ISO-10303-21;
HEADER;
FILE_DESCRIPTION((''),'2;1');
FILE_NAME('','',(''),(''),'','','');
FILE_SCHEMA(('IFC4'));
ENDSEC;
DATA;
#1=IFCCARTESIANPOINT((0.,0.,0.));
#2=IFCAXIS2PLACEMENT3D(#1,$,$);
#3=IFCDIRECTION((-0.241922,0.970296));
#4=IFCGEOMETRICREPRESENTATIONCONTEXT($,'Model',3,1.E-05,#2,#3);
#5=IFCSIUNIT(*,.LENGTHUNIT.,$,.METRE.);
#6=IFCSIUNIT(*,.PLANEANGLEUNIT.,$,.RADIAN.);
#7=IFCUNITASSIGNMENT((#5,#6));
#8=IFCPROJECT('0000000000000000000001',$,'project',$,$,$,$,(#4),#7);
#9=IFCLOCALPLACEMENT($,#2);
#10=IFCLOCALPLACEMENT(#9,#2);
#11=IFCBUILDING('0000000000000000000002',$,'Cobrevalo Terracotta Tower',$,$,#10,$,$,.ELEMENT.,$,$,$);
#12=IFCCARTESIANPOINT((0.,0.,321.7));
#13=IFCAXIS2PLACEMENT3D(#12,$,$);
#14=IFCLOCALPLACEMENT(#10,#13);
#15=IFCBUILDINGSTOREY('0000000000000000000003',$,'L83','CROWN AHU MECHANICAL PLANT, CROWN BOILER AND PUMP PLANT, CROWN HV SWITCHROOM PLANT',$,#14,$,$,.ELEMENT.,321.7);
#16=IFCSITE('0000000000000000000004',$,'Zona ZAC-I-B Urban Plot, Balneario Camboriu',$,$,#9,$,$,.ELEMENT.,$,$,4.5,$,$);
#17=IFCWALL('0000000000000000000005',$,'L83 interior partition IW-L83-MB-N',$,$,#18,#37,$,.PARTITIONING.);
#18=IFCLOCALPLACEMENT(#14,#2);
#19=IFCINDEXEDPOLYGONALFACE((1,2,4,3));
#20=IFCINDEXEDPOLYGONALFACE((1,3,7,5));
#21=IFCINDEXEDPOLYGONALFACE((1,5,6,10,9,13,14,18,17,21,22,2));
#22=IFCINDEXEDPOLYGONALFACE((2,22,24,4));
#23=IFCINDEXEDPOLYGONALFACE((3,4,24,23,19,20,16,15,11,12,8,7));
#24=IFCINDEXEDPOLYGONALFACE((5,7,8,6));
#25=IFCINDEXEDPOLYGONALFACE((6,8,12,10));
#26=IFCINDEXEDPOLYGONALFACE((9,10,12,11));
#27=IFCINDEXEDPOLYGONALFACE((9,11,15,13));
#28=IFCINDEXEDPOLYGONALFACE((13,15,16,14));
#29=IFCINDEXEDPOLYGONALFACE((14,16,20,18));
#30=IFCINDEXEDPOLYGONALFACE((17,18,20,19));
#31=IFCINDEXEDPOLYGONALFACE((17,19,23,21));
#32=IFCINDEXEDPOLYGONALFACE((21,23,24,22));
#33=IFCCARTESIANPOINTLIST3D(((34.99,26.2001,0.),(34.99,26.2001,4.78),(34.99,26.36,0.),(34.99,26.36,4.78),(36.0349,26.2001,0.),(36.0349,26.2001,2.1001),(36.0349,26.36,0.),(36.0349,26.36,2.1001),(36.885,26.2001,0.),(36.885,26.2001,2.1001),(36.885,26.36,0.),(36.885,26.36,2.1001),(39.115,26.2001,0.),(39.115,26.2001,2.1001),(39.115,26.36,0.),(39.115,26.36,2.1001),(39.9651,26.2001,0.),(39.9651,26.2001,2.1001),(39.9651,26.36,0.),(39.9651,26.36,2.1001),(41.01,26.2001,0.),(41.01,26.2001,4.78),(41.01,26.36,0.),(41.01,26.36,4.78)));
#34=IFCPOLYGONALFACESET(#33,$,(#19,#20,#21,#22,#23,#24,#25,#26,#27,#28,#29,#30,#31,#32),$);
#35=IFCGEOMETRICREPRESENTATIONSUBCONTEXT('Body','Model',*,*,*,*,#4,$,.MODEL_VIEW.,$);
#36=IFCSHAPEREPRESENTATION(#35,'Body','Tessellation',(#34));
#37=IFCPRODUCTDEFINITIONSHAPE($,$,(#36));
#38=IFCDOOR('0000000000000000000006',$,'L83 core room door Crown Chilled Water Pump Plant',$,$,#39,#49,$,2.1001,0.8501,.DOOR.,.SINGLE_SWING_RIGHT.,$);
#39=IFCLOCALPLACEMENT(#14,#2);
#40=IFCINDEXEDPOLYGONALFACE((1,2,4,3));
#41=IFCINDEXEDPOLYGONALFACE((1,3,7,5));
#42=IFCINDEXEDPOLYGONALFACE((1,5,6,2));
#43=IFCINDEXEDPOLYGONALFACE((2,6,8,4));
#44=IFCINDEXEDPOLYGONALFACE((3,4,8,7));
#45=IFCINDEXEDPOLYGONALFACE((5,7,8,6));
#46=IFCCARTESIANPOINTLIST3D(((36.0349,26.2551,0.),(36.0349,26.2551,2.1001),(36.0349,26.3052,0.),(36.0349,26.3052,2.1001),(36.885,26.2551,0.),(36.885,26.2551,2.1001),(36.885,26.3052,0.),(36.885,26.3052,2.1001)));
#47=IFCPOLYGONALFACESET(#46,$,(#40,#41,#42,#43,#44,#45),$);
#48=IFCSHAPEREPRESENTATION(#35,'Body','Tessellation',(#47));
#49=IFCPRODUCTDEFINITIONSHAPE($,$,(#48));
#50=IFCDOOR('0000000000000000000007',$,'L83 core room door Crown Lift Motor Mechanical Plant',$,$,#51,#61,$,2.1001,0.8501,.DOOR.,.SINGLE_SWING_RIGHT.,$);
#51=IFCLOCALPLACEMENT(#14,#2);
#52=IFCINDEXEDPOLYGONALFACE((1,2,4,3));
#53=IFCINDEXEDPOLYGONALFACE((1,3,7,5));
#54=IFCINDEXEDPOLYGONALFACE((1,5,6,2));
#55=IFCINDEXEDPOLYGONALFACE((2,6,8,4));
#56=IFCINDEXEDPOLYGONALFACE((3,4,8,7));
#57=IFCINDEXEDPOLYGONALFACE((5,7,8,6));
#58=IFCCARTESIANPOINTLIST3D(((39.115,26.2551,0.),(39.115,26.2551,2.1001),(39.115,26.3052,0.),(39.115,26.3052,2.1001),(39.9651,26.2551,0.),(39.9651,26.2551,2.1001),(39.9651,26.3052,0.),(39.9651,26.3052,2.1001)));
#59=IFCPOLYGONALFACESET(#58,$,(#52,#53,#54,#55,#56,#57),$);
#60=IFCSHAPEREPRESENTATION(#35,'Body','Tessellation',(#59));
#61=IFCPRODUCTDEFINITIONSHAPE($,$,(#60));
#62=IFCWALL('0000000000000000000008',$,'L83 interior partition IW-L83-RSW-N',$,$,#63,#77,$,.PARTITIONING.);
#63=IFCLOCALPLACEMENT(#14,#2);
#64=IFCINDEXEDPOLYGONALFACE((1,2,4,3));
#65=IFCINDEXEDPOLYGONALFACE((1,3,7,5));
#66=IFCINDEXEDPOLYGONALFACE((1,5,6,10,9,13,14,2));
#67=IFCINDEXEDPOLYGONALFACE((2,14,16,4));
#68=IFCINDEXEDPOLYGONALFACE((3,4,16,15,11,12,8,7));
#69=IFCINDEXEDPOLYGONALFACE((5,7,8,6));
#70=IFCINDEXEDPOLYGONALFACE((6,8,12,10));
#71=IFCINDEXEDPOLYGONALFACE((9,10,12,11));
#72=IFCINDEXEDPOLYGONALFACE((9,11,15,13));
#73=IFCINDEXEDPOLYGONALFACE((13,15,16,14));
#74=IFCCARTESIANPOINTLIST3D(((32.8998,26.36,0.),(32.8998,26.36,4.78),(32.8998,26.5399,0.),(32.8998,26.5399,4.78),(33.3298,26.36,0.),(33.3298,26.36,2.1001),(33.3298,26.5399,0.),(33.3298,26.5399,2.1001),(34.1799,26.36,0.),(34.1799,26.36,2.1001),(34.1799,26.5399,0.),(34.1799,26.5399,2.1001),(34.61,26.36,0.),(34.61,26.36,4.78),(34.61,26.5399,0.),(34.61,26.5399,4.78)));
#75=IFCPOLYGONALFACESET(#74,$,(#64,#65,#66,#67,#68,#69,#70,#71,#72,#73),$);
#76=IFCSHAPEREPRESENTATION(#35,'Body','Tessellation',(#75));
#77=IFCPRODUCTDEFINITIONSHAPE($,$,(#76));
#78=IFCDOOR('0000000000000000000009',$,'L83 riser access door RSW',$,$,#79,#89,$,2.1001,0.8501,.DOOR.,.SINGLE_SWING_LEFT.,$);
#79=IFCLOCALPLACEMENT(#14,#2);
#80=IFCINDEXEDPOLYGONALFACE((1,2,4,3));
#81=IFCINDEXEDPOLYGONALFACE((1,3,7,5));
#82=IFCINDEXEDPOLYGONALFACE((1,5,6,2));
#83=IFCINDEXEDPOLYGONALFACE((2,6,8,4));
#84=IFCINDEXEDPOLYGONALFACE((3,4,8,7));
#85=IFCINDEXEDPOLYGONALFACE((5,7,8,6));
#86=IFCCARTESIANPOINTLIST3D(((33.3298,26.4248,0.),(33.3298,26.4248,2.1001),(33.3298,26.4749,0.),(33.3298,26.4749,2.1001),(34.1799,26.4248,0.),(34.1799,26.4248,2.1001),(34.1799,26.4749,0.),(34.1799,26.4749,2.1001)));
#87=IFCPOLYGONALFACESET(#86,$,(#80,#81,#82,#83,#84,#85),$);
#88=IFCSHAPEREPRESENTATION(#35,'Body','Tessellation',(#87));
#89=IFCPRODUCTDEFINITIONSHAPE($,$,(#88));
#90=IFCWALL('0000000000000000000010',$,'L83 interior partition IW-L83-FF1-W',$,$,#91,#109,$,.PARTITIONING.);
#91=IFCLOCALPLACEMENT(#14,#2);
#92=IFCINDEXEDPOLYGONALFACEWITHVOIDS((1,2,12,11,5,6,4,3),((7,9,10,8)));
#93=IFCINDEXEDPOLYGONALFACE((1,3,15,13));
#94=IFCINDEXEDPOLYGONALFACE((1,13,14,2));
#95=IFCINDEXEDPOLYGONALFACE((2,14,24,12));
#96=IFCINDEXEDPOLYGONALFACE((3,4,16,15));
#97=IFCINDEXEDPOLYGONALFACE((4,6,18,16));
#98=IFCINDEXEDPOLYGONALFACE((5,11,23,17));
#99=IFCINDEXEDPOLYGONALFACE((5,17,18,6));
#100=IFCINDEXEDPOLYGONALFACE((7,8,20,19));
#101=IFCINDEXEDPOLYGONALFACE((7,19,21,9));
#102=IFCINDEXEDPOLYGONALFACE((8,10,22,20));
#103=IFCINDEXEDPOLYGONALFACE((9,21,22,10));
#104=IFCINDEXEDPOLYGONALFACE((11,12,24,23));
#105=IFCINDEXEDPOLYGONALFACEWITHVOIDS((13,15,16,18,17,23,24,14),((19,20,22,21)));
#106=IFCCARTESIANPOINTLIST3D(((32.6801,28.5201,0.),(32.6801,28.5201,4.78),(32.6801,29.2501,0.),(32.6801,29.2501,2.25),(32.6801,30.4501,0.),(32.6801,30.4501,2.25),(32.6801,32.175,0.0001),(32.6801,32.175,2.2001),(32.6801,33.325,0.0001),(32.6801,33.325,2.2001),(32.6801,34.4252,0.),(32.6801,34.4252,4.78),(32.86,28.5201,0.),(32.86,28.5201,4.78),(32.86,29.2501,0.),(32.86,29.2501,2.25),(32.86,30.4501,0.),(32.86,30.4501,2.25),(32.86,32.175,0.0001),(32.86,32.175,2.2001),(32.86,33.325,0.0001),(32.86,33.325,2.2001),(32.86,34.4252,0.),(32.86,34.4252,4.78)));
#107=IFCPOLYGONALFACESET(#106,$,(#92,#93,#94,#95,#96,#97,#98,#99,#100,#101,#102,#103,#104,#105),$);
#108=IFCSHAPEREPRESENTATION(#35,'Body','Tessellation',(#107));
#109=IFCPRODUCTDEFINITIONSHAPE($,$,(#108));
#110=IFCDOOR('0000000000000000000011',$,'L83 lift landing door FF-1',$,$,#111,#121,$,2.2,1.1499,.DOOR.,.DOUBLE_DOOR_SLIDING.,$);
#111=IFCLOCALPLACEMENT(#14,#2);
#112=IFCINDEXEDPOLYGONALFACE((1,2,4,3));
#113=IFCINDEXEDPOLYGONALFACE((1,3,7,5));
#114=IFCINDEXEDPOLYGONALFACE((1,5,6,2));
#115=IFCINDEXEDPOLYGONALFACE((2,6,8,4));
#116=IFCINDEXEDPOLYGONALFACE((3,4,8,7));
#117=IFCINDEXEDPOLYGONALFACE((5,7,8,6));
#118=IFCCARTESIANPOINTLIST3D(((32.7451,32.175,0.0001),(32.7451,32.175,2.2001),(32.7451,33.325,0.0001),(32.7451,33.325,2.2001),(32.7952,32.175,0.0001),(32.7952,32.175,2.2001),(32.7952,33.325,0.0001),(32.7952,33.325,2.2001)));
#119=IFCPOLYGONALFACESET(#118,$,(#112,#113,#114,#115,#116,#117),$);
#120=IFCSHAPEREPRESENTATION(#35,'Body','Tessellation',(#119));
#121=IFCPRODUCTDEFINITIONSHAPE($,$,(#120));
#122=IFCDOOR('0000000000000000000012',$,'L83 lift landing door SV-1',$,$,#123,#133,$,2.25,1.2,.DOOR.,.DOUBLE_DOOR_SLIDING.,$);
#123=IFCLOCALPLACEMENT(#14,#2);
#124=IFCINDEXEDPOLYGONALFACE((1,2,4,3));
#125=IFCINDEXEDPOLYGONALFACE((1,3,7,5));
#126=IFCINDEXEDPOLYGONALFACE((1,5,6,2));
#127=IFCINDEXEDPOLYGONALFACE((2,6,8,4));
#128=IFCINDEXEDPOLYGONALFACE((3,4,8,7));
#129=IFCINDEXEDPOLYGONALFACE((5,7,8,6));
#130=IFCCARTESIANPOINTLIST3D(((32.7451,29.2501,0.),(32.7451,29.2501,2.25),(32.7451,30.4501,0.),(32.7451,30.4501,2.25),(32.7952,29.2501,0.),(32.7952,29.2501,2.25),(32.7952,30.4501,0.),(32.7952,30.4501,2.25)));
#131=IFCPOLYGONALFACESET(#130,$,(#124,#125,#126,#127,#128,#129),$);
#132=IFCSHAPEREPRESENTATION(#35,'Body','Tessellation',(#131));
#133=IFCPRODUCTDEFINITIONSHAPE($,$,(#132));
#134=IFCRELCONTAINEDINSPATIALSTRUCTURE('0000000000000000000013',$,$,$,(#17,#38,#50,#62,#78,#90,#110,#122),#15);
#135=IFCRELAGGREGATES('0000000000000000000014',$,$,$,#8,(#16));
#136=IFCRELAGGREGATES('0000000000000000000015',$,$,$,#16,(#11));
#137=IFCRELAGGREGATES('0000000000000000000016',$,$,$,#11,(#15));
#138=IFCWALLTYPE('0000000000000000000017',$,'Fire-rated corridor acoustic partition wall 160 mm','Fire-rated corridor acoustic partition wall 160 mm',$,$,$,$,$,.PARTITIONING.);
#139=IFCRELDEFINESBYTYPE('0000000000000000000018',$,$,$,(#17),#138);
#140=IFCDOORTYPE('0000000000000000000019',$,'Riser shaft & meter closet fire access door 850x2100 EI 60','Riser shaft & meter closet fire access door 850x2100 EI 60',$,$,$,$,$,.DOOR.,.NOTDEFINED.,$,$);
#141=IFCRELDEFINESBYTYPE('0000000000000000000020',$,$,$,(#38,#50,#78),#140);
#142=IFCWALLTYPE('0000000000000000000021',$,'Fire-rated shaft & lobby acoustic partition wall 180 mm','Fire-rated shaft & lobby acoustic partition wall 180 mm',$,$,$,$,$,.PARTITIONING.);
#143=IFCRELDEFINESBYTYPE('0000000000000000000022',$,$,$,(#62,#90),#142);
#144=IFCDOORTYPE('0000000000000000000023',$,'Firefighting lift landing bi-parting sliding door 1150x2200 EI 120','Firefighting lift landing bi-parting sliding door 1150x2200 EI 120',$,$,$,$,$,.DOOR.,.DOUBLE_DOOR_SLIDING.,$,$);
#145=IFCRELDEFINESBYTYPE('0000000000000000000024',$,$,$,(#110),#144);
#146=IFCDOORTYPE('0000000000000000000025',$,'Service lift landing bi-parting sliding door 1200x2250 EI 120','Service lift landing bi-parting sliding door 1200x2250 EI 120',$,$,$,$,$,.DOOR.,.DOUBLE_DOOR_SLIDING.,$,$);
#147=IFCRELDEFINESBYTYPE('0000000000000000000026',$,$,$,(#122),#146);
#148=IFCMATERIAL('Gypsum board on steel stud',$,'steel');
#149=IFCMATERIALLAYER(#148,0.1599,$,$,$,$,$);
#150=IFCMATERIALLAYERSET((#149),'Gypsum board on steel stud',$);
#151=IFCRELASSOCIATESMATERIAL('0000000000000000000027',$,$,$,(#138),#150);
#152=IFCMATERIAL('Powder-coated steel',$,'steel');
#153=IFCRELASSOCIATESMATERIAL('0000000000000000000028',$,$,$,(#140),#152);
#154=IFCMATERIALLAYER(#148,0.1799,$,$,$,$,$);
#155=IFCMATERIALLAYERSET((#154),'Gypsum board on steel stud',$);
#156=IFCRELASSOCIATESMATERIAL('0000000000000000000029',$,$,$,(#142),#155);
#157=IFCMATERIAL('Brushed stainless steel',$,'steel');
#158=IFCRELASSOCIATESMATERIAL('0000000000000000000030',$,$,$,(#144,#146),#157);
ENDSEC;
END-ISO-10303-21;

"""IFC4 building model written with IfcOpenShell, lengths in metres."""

from ifc_helpers import new_model, si_unit, direction, frame, frame_2d, origin, place, context, subcontext, project, spatial, rectangle, extrude, source, transform, mapped, material, layer, layer_set, type_object, element, fill, save


model = new_model("IFC4")

# Units and contexts
model_context = context("Model", 3, precision=1e-05, world=origin(), true_north=direction((-0.241922, 0.970296)))
body_context = subcontext(model_context, "Body", "Model", "MODEL_VIEW")
ifc_project = project(units=[si_unit("LENGTHUNIT", "METRE"), si_unit("PLANEANGLEUNIT", "RADIAN")], contexts=[model_context])

# Site, building, storey
site_placement = place(None, origin())
site = spatial("IfcSite", under=ifc_project, at=site_placement, Name="Zona ZAC-I-B Urban Plot, Balneario Camboriu", CompositionType="ELEMENT", RefElevation=4.5)
building_placement = place(site_placement, origin())
building = spatial("IfcBuilding", under=site, at=building_placement, Name="Cobrevalo Terracotta Tower", CompositionType="ELEMENT")
storey_placement = place(building_placement, frame((0.0, 0.0, 321.7)))
storey = spatial("IfcBuildingStorey", under=building, at=storey_placement, Name="L83", Description="CROWN AHU MECHANICAL PLANT, CROWN BOILER AND PUMP PLANT, CROWN HV SWITCHROOM PLANT", CompositionType="ELEMENT", Elevation=321.7)

# Shared definitions
ifc_material_1 = material(Name="Gypsum board on steel stud", Category="steel")
ifc_layer_1 = layer(ifc_material_1, 0.1599)
ifc_layer_set_1 = layer_set([ifc_layer_1], Name="Gypsum board on steel stud")
wall_type_1 = type_object("IfcWallType", Name="Fire-rated corridor acoustic partition wall 160 mm", Description="Fire-rated corridor acoustic partition wall 160 mm", PredefinedType="PARTITIONING", material=ifc_layer_set_1)

# Shared definitions
ifc_material_2 = material(Name="Powder-coated steel", Category="steel")
door_type_1 = type_object("IfcDoorType", Name="Riser shaft & meter closet fire access door 850x2100 EI 60", Description="Riser shaft & meter closet fire access door 850x2100 EI 60", OperationType="NOTDEFINED", PredefinedType="DOOR", material=ifc_material_2)
shared_shape_1 = source(origin(), body_context, "Body", "SweptSolid", [
    extrude(rectangle(XDim=0.8501, YDim=2.1001, at=frame_2d((0.425, 1.05))), frame((0.0, 0.0249, 0.0), z_axis=(0.0, -1.0, 0.0), x_axis=(1.0, 0.0, 0.0)), (0.0, 0.0, 1.0), 0.05),
])

# Wall, openings, doors
wall_1_placement = place(storey_placement, frame((34.99, 26.28, 0.0), z_axis=(0.0, 0.0, 1.0), x_axis=(1.0, 0.0, 0.0)))
wall_1 = element("IfcWall", 1, at=wall_1_placement, inside=storey, type_object=wall_type_1, Name="L83 interior partition IW-L83-MB-N", PredefinedType="PARTITIONING", context=body_context, shape_type="SweptSolid", body=[
    extrude(rectangle(XDim=6.02, YDim=0.1599, at=frame_2d((3.01, 0.0))), origin(), (0.0, 0.0, 1.0), 4.78),
])
opening_1_placement = place(wall_1_placement, frame((1.0449, 0.0, 0.0)))
opening_1 = element("IfcOpeningElement", 2, at=opening_1_placement, cuts=wall_1, PredefinedType="OPENING", context=body_context, shape_type="SweptSolid", body=[
    extrude(rectangle(XDim=0.8501, YDim=2.1001, at=frame_2d((0.425, 1.05))), frame((0.0, 0.0898, 0.0), z_axis=(0.0, -1.0, 0.0), x_axis=(1.0, 0.0, 0.0)), (0.0, 0.0, 1.0), 0.1799),
])
opening_2_placement = place(wall_1_placement, frame((4.125, 0.0, 0.0)))
opening_2 = element("IfcOpeningElement", 3, at=opening_2_placement, cuts=wall_1, PredefinedType="OPENING", context=body_context, shape_type="SweptSolid", body=[
    extrude(rectangle(XDim=0.8501, YDim=2.1001, at=frame_2d((0.425, 1.05))), frame((0.0, 0.0898, 0.0), z_axis=(0.0, -1.0, 0.0), x_axis=(1.0, 0.0, 0.0)), (0.0, 0.0, 1.0), 0.1799),
])
door_1_placement = place(opening_1_placement, frame((0.8501, 0.0, 0.0), z_axis=(0.0, 0.0, 1.0), x_axis=(-1.0, 0.0, 0.0)))
door_1 = element("IfcDoor", 4, at=door_1_placement, inside=storey, type_object=door_type_1, Name="L83 core room door Crown Chilled Water Pump Plant", OperationType="SINGLE_SWING_RIGHT", OverallHeight=2.1001, OverallWidth=0.8501, PredefinedType="DOOR", context=body_context, shape_type="MappedRepresentation", body=[
    mapped(shared_shape_1, transform((0.0, 0.0, 0.0), scale=1.0)),
])
fill(opening_1, door_1)
door_2_placement = place(opening_2_placement, frame((0.8501, 0.0, 0.0), z_axis=(0.0, 0.0, 1.0), x_axis=(-1.0, 0.0, 0.0)))
door_2 = element("IfcDoor", 5, at=door_2_placement, inside=storey, type_object=door_type_1, Name="L83 core room door Crown Lift Motor Mechanical Plant", OperationType="SINGLE_SWING_RIGHT", OverallHeight=2.1001, OverallWidth=0.8501, PredefinedType="DOOR", context=body_context, shape_type="MappedRepresentation", body=[
    mapped(shared_shape_1, transform((0.0, 0.0, 0.0), scale=1.0)),
])
fill(opening_2, door_2)

# Wall, opening, door
ifc_layer_2 = layer(ifc_material_1, 0.1799)
ifc_layer_set_2 = layer_set([ifc_layer_2], Name="Gypsum board on steel stud")
wall_type_2 = type_object("IfcWallType", Name="Fire-rated shaft & lobby acoustic partition wall 180 mm", Description="Fire-rated shaft & lobby acoustic partition wall 180 mm", PredefinedType="PARTITIONING", material=ifc_layer_set_2)
wall_2_placement = place(storey_placement, frame((32.8999, 26.45, 0.0), z_axis=(0.0, 0.0, 1.0), x_axis=(1.0, 0.0, 0.0)))
wall_2 = element("IfcWall", 6, at=wall_2_placement, inside=storey, type_object=wall_type_2, Name="L83 interior partition IW-L83-RSW-N", PredefinedType="PARTITIONING", context=body_context, shape_type="SweptSolid", body=[
    extrude(rectangle(XDim=1.7102, YDim=0.1799, at=frame_2d((0.855, 0.0))), origin(), (0.0, 0.0, 1.0), 4.78),
])
opening_3_placement = place(wall_2_placement, frame((0.4299, 0.0, 0.0)))
opening_3 = element("IfcOpeningElement", 7, at=opening_3_placement, cuts=wall_2, PredefinedType="OPENING", context=body_context, shape_type="SweptSolid", body=[
    extrude(rectangle(XDim=0.8501, YDim=2.1001, at=frame_2d((0.425, 1.05))), frame((0.0, 0.1001, 0.0), z_axis=(0.0, -1.0, 0.0), x_axis=(1.0, 0.0, 0.0)), (0.0, 0.0, 1.0), 0.2),
])
door_3_placement = place(opening_3_placement, origin())
door_3 = element("IfcDoor", 8, at=door_3_placement, inside=storey, type_object=door_type_1, Name="L83 riser access door RSW", OperationType="SINGLE_SWING_LEFT", OverallHeight=2.1001, OverallWidth=0.8501, PredefinedType="DOOR", context=body_context, shape_type="MappedRepresentation", body=[
    mapped(shared_shape_1, transform((0.0, 0.0, 0.0), scale=1.0)),
])
fill(opening_3, door_3)

# Wall, openings, doors
wall_3_placement = place(storey_placement, frame((32.77, 28.52, 0.0), z_axis=(0.0, 0.0, 1.0), x_axis=(0.0, 1.0, 0.0)))
wall_3 = element("IfcWall", 9, at=wall_3_placement, inside=storey, type_object=wall_type_2, Name="L83 interior partition IW-L83-FF1-W", PredefinedType="PARTITIONING", context=body_context, shape_type="SweptSolid", body=[
    extrude(rectangle(XDim=5.905, YDim=0.1799, at=frame_2d((2.9526, 0.0))), origin(), (0.0, 0.0, 1.0), 4.78),
])
opening_4_placement = place(wall_3_placement, frame((3.655, 0.0, 0.0)))
opening_4 = element("IfcOpeningElement", 10, at=opening_4_placement, cuts=wall_3, PredefinedType="OPENING", context=body_context, shape_type="SweptSolid", body=[
    extrude(rectangle(XDim=1.1499, YDim=2.2, at=frame_2d((0.575, 1.1001))), frame((0.0, 0.1001, 0.0), z_axis=(0.0, -1.0, 0.0), x_axis=(1.0, 0.0, 0.0)), (0.0, 0.0, 1.0), 0.2),
])
opening_5_placement = place(wall_3_placement, frame((0.73, 0.0, 0.0)))
opening_5 = element("IfcOpeningElement", 11, at=opening_5_placement, cuts=wall_3, PredefinedType="OPENING", context=body_context, shape_type="SweptSolid", body=[
    extrude(rectangle(XDim=1.2, YDim=2.25, at=frame_2d((0.6001, 1.125))), frame((0.0, 0.1001, 0.0), z_axis=(0.0, -1.0, 0.0), x_axis=(1.0, 0.0, 0.0)), (0.0, 0.0, 1.0), 0.2),
])
ifc_material_3 = material(Name="Brushed stainless steel", Category="steel")
door_type_2 = type_object("IfcDoorType", Name="Firefighting lift landing bi-parting sliding door 1150x2200 EI 120", Description="Firefighting lift landing bi-parting sliding door 1150x2200 EI 120", OperationType="DOUBLE_DOOR_SLIDING", PredefinedType="DOOR", material=ifc_material_3)
shared_shape_2 = source(origin(), body_context, "Body", "SweptSolid", [
    extrude(rectangle(XDim=1.1499, YDim=2.2, at=frame_2d((0.575, 1.1001))), frame((0.0, 0.0249, 0.0), z_axis=(0.0, -1.0, 0.0), x_axis=(1.0, 0.0, 0.0)), (0.0, 0.0, 1.0), 0.05),
])
door_4_placement = place(opening_4_placement, origin())
door_4 = element("IfcDoor", 12, at=door_4_placement, inside=storey, type_object=door_type_2, Name="L83 lift landing door FF-1", OperationType="DOUBLE_DOOR_SLIDING", OverallHeight=2.2, OverallWidth=1.1499, PredefinedType="DOOR", context=body_context, shape_type="MappedRepresentation", body=[
    mapped(shared_shape_2, transform((0.0, 0.0, 0.0), scale=1.0)),
])
fill(opening_4, door_4)
door_type_3 = type_object("IfcDoorType", Name="Service lift landing bi-parting sliding door 1200x2250 EI 120", Description="Service lift landing bi-parting sliding door 1200x2250 EI 120", OperationType="DOUBLE_DOOR_SLIDING", PredefinedType="DOOR", material=ifc_material_3)
shared_shape_3 = source(origin(), body_context, "Body", "SweptSolid", [
    extrude(rectangle(XDim=1.2, YDim=2.25, at=frame_2d((0.6001, 1.125))), frame((0.0, 0.0249, 0.0), z_axis=(0.0, -1.0, 0.0), x_axis=(1.0, 0.0, 0.0)), (0.0, 0.0, 1.0), 0.05),
])
door_5_placement = place(opening_5_placement, origin())
door_5 = element("IfcDoor", 13, at=door_5_placement, inside=storey, type_object=door_type_3, Name="L83 lift landing door SV-1", OperationType="DOUBLE_DOOR_SLIDING", OverallHeight=2.25, OverallWidth=1.2, PredefinedType="DOOR", context=body_context, shape_type="MappedRepresentation", body=[
    mapped(shared_shape_3, transform((0.0, 0.0, 0.0), scale=1.0)),
])
fill(opening_5, door_5)

save(model, "model.ifc")
